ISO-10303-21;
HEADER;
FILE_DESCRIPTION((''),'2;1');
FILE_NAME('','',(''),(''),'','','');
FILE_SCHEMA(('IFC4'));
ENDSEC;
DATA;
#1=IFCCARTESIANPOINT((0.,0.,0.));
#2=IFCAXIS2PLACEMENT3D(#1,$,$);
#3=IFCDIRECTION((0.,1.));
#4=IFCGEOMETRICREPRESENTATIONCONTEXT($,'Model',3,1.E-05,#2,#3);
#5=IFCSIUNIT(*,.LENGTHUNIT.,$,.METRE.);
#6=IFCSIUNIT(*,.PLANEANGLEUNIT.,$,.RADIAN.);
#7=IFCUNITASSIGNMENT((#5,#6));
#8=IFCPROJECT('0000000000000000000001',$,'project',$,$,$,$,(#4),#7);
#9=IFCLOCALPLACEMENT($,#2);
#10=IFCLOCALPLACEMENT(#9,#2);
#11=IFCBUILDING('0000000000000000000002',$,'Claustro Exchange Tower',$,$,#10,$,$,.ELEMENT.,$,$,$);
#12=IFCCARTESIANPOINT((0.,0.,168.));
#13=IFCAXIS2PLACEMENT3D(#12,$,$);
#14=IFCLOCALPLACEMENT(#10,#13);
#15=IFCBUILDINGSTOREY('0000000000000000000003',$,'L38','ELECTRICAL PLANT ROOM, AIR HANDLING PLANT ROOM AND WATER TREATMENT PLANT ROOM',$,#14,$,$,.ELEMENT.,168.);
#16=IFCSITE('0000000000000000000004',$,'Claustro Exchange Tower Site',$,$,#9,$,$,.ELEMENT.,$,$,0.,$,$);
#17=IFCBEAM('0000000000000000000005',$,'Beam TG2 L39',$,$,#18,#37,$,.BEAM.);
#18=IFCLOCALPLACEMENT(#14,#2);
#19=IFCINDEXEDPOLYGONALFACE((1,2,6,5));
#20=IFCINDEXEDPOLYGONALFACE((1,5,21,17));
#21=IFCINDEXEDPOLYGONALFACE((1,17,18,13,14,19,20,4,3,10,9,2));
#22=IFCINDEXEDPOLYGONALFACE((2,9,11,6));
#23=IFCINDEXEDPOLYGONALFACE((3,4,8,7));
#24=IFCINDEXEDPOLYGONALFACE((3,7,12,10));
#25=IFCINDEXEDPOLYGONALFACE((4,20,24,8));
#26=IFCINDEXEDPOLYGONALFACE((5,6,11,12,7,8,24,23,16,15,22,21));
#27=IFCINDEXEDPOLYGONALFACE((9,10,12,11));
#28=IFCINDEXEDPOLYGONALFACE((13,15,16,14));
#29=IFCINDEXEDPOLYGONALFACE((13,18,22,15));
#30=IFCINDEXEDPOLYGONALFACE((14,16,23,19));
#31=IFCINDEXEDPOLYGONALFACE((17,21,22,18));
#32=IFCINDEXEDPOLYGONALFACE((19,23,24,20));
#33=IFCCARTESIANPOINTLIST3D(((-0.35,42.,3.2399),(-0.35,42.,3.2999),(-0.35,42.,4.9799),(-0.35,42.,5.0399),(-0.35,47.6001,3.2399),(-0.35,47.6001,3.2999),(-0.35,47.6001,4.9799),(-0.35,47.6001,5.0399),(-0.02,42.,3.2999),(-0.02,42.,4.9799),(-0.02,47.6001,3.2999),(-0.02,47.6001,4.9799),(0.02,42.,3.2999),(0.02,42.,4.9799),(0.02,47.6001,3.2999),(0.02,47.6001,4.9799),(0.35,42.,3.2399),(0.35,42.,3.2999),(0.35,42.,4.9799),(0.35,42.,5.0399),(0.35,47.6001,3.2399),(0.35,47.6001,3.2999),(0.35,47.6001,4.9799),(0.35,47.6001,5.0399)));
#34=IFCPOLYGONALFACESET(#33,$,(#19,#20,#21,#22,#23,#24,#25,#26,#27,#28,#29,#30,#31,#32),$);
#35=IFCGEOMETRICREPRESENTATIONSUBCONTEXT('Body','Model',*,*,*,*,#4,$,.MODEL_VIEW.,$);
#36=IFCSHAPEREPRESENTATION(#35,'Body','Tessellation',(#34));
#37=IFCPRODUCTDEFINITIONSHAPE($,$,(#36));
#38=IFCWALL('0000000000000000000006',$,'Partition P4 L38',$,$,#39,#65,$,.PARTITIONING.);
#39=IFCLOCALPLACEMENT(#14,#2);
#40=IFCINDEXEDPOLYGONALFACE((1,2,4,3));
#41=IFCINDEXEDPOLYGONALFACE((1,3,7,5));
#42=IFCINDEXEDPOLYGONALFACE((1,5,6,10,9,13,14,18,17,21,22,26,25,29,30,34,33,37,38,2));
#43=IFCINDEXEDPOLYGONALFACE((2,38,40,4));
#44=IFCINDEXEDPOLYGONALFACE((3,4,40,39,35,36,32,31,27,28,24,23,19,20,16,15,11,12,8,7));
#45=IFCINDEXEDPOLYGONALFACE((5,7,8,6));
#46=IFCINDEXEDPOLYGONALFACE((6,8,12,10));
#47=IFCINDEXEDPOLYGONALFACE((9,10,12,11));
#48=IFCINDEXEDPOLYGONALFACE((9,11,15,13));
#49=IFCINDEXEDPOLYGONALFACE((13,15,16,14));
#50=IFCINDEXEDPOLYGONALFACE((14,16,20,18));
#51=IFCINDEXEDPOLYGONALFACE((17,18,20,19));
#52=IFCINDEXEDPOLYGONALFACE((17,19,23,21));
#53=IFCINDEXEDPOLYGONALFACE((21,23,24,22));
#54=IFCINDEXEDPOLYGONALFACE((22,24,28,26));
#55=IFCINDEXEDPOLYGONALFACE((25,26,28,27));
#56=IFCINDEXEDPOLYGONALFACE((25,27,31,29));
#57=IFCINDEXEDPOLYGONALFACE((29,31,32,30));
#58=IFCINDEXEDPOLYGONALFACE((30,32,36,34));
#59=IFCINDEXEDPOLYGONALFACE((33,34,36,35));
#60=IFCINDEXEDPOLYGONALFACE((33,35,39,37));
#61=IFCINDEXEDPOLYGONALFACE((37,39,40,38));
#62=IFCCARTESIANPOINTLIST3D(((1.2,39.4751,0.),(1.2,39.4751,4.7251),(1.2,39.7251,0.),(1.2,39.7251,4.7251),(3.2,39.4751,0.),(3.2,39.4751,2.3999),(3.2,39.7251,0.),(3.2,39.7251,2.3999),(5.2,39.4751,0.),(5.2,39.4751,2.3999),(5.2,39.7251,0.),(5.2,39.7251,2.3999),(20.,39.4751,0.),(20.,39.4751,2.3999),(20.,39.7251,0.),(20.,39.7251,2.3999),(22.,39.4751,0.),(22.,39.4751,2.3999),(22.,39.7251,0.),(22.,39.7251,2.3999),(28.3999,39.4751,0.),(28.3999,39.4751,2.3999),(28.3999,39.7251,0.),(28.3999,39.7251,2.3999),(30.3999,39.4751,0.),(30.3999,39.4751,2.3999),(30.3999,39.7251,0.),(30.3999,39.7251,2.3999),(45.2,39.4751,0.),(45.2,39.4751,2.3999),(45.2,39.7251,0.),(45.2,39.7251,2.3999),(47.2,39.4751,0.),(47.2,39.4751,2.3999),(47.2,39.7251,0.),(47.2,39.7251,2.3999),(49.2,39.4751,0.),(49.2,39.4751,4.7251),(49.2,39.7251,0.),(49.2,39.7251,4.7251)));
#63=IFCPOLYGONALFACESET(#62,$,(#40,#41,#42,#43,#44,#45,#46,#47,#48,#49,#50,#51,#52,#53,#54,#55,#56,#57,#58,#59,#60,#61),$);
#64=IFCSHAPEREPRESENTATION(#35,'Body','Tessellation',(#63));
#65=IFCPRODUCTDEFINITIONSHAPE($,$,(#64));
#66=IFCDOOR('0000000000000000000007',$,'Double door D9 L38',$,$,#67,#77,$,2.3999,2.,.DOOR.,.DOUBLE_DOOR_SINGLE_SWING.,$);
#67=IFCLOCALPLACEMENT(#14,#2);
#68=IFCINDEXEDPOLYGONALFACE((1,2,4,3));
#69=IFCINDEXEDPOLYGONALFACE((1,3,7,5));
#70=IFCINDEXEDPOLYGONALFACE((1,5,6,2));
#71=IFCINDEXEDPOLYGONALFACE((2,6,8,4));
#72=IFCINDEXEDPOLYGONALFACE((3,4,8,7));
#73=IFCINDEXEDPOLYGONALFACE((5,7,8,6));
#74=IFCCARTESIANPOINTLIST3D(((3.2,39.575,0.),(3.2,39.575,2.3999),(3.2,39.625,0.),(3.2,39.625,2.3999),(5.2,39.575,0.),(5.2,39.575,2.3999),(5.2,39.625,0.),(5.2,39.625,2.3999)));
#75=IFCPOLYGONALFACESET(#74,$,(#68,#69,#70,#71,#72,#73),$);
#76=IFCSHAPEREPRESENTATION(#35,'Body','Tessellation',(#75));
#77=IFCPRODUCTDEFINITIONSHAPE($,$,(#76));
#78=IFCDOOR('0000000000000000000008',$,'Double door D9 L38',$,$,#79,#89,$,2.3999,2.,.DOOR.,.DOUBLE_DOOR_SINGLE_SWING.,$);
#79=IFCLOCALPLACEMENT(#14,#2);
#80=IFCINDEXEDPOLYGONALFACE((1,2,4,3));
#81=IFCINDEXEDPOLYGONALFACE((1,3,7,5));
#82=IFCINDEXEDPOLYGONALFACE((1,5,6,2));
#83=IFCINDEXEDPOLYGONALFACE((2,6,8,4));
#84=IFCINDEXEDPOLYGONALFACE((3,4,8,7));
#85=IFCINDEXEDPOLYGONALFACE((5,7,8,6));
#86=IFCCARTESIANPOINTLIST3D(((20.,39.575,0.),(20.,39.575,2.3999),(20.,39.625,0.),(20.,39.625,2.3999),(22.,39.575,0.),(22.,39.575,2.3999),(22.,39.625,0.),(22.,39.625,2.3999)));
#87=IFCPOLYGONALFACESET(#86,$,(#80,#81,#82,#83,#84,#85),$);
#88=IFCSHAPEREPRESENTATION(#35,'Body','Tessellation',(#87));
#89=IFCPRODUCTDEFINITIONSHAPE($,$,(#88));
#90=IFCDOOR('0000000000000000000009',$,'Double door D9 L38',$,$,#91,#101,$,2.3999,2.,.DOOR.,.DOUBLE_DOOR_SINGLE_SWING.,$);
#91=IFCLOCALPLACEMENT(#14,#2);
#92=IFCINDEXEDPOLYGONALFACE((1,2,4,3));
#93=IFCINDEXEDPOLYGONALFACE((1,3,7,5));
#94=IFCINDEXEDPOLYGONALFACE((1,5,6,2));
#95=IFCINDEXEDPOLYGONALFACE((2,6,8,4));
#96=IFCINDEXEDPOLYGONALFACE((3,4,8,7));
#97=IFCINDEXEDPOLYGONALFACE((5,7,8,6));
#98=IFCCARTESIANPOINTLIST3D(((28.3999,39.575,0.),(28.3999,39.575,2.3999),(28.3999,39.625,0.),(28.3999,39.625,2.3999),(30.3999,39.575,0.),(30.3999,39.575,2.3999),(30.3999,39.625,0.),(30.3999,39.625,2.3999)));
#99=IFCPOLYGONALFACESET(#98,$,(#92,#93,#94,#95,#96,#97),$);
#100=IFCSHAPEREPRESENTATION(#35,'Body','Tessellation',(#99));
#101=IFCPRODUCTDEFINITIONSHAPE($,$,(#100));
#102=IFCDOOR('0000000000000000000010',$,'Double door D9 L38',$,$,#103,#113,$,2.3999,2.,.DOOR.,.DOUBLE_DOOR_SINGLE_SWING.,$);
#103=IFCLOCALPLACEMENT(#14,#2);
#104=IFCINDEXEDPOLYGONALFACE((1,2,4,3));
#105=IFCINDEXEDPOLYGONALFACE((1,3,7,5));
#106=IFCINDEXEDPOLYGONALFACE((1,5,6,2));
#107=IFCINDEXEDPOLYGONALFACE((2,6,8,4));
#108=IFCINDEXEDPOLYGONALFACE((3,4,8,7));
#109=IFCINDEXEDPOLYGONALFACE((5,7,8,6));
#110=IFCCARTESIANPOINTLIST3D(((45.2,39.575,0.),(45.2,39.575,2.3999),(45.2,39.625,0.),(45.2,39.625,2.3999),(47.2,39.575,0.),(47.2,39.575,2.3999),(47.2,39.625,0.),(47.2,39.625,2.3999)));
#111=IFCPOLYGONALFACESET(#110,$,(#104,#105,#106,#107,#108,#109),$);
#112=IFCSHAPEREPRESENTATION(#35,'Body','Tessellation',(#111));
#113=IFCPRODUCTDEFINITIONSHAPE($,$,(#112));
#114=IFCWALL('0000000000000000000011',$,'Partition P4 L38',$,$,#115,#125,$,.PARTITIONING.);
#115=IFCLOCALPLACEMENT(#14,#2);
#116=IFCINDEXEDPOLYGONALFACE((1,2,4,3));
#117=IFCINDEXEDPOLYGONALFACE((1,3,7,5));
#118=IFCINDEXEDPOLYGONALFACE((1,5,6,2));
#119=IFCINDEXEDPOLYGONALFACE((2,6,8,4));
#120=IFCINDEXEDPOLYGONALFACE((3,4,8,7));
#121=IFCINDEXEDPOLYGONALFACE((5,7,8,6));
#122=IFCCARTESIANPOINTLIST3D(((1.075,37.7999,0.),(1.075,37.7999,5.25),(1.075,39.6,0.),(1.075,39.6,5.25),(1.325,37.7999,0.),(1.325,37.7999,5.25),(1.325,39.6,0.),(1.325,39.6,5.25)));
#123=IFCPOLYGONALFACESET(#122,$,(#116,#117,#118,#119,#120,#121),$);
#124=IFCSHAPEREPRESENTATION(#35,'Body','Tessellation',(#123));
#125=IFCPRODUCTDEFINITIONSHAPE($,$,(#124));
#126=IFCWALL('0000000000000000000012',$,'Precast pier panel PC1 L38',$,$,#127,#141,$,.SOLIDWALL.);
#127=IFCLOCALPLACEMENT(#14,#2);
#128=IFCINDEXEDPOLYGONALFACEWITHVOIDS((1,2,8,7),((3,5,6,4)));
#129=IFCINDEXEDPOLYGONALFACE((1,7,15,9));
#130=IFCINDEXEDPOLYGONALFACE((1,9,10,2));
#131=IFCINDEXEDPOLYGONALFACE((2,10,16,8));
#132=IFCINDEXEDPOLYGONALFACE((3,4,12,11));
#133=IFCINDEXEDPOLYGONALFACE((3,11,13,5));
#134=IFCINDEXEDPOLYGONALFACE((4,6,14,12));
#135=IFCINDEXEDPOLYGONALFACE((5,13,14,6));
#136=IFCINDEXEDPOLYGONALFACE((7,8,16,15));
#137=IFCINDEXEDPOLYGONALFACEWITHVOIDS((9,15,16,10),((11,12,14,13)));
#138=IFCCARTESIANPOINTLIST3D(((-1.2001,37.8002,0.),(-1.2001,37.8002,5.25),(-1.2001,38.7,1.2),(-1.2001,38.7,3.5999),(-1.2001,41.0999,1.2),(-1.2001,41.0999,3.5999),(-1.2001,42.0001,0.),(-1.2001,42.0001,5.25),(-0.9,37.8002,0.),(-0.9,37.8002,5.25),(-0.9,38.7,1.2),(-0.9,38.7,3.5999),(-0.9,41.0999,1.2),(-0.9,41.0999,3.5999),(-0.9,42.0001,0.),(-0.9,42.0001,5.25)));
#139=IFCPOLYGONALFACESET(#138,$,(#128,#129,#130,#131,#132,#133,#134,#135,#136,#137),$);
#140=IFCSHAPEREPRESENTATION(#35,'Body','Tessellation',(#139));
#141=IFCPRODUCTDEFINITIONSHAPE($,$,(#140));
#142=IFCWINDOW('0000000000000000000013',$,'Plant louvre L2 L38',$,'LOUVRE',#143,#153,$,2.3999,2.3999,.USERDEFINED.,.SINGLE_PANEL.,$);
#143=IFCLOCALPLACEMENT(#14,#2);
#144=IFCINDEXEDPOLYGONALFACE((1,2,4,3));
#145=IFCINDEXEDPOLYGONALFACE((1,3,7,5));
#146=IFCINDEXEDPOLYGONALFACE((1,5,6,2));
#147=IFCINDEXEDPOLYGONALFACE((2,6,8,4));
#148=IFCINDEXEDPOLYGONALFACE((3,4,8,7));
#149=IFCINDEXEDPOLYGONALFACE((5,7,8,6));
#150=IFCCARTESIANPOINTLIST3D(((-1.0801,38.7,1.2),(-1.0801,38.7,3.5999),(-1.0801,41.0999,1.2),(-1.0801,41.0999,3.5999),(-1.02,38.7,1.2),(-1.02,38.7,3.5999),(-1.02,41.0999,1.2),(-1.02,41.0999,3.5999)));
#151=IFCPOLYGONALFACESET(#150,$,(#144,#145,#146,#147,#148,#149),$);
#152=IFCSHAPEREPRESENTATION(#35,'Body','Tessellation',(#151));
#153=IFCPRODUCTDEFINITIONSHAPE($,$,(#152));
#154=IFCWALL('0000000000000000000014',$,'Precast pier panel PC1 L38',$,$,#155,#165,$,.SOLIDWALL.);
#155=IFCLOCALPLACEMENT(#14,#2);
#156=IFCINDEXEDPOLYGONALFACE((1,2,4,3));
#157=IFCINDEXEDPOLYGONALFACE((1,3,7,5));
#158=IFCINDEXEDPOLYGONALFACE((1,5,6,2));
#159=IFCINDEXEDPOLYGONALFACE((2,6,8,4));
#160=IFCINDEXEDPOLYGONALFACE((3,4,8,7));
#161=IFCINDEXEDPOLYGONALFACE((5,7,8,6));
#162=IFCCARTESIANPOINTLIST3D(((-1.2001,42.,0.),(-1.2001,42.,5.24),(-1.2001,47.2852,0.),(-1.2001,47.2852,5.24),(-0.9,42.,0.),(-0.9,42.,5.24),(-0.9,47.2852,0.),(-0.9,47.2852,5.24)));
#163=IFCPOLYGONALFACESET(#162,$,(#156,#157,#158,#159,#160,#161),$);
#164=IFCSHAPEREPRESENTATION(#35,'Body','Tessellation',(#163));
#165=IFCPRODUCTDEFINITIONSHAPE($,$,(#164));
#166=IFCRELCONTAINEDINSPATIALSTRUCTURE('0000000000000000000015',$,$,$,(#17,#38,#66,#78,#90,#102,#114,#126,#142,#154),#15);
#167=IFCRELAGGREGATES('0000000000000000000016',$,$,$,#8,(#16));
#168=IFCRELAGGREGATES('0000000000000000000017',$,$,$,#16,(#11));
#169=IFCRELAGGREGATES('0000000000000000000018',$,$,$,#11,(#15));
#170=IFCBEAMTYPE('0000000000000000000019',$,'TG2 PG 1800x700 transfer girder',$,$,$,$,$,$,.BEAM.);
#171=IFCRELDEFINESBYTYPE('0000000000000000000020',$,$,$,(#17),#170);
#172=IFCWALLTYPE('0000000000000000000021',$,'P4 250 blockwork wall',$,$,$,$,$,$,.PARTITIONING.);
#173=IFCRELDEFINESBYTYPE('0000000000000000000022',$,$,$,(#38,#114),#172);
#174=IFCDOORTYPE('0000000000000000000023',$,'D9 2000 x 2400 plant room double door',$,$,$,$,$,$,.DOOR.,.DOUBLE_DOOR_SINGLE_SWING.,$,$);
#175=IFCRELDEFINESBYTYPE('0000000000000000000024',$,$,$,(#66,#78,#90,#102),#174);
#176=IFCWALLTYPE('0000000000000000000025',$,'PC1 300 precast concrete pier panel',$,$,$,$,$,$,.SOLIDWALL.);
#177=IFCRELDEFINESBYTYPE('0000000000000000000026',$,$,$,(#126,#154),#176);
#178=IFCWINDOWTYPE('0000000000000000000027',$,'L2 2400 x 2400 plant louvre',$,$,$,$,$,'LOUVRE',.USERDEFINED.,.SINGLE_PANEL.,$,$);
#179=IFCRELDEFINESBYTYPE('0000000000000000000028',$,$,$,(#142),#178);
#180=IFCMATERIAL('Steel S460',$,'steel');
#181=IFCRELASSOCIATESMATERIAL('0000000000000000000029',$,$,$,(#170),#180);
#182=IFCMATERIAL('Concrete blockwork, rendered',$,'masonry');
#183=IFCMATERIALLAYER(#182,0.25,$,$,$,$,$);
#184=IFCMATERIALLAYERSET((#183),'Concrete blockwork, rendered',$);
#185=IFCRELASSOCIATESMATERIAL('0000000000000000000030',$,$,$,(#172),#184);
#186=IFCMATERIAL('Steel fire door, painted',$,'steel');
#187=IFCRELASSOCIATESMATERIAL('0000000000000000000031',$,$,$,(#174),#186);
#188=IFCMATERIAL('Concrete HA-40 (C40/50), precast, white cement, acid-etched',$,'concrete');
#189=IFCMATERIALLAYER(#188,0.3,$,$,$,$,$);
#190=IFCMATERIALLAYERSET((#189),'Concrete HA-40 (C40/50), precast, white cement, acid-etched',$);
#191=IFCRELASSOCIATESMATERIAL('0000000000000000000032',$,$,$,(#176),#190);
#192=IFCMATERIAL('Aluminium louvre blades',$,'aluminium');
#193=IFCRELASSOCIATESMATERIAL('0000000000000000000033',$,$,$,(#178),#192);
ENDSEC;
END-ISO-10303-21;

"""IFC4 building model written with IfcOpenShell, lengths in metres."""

from ifc_helpers import new_model, si_unit, direction, frame, frame_2d, origin, origin_2d, place, context, subcontext, project, spatial, rectangle, i_section, extrude, material, layer, layer_set, material_profile, profile_set, type_object, element, fill, save


model = new_model("IFC4")

# Units and contexts
model_context = context("Model", 3, precision=1e-05, world=origin(), true_north=direction((0.0, 1.0)))
body_context = subcontext(model_context, "Body", "Model", "MODEL_VIEW")
ifc_project = project(units=[si_unit("LENGTHUNIT", "METRE"), si_unit("PLANEANGLEUNIT", "RADIAN")], contexts=[model_context])

# Site, building, storey
site_placement = place(None, origin())
site = spatial("IfcSite", under=ifc_project, at=site_placement, Name="Claustro Exchange Tower Site", CompositionType="ELEMENT", RefElevation=0.0)
building_placement = place(site_placement, origin())
building = spatial("IfcBuilding", under=site, at=building_placement, Name="Claustro Exchange Tower", CompositionType="ELEMENT")
storey_placement = place(building_placement, frame((0.0, 0.0, 168.0)))
storey = spatial("IfcBuildingStorey", under=building, at=storey_placement, Name="L38", Description="ELECTRICAL PLANT ROOM, AIR HANDLING PLANT ROOM AND WATER TREATMENT PLANT ROOM", CompositionType="ELEMENT", Elevation=168.0)

# Beam
ifc_material_1 = material(Name="Steel S460", Category="steel")
ifc_material_profile_1 = material_profile(ifc_material_1, i_section(OverallWidth=0.7, OverallDepth=1.8, WebThickness=0.04, FlangeThickness=0.0601, at=origin_2d()), Name="PG 1800x700")
ifc_profile_set_1 = profile_set([ifc_material_profile_1], Name="Steel S460")
beam_type_1 = type_object("IfcBeamType", Name="TG2 PG 1800x700 transfer girder", PredefinedType="BEAM", material=ifc_profile_set_1)
beam_1_placement = place(storey_placement, frame((0.0, 42.0, 4.1399), z_axis=(0.0, 1.0, 0.0), x_axis=(-1.0, 0.0, 0.0)))
element("IfcBeam", 1, at=beam_1_placement, inside=storey, type_object=beam_type_1, Name="Beam TG2 L39", PredefinedType="BEAM", context=body_context, shape_type="SweptSolid", body=[
    extrude(i_section(OverallWidth=0.7, OverallDepth=1.8, WebThickness=0.04, FlangeThickness=0.0601, at=origin_2d()), origin(), (0.0, 0.0, 1.0), 5.6001),
])

# Wall, openings, doors
ifc_material_2 = material(Name="Concrete blockwork, rendered", Category="masonry")
ifc_layer_1 = layer(ifc_material_2, 0.25)
ifc_layer_set_1 = layer_set([ifc_layer_1], Name="Concrete blockwork, rendered")
wall_type_1 = type_object("IfcWallType", Name="P4 250 blockwork wall", PredefinedType="PARTITIONING", material=ifc_layer_set_1)
wall_1_placement = place(storey_placement, frame((1.2, 39.6001, 0.0), z_axis=(0.0, 0.0, 1.0), x_axis=(1.0, 0.0, 0.0)))
wall_1 = element("IfcWall", 2, at=wall_1_placement, inside=storey, type_object=wall_type_1, Name="Partition P4 L38", PredefinedType="PARTITIONING", context=body_context, shape_type="SweptSolid", body=[
    extrude(rectangle(XDim=48.0, YDim=0.25, at=frame_2d((24.0, 0.0))), origin(), (0.0, 0.0, 1.0), 4.7251),
])
opening_1_placement = place(wall_1_placement, frame((2.0, 0.0, 0.0)))
opening_1 = element("IfcOpeningElement", 3, at=opening_1_placement, cuts=wall_1, PredefinedType="OPENING", context=body_context, shape_type="SweptSolid", body=[
    extrude(rectangle(XDim=2.0, YDim=2.3999, at=frame_2d((1.0, 1.2))), frame((0.0, 0.135, 0.0), z_axis=(0.0, -1.0, 0.0), x_axis=(1.0, 0.0, 0.0)), (0.0, 0.0, 1.0), 0.27),
])
opening_2_placement = place(wall_1_placement, frame((18.8, 0.0, 0.0)))
opening_2 = element("IfcOpeningElement", 4, at=opening_2_placement, cuts=wall_1, PredefinedType="OPENING", context=body_context, shape_type="SweptSolid", body=[
    extrude(rectangle(XDim=2.0, YDim=2.3999, at=frame_2d((1.0, 1.2))), frame((0.0, 0.135, 0.0), z_axis=(0.0, -1.0, 0.0), x_axis=(1.0, 0.0, 0.0)), (0.0, 0.0, 1.0), 0.27),
])
opening_3_placement = place(wall_1_placement, frame((27.2, 0.0, 0.0)))
opening_3 = element("IfcOpeningElement", 5, at=opening_3_placement, cuts=wall_1, PredefinedType="OPENING", context=body_context, shape_type="SweptSolid", body=[
    extrude(rectangle(XDim=2.0, YDim=2.3999, at=frame_2d((1.0, 1.2))), frame((0.0, 0.135, 0.0), z_axis=(0.0, -1.0, 0.0), x_axis=(1.0, 0.0, 0.0)), (0.0, 0.0, 1.0), 0.27),
])
opening_4_placement = place(wall_1_placement, frame((44.0, 0.0, 0.0)))
opening_4 = element("IfcOpeningElement", 6, at=opening_4_placement, cuts=wall_1, PredefinedType="OPENING", context=body_context, shape_type="SweptSolid", body=[
    extrude(rectangle(XDim=2.0, YDim=2.3999, at=frame_2d((1.0, 1.2))), frame((0.0, 0.135, 0.0), z_axis=(0.0, -1.0, 0.0), x_axis=(1.0, 0.0, 0.0)), (0.0, 0.0, 1.0), 0.27),
])
ifc_material_3 = material(Name="Steel fire door, painted", Category="steel")
door_type = type_object("IfcDoorType", Name="D9 2000 x 2400 plant room double door", OperationType="DOUBLE_DOOR_SINGLE_SWING", PredefinedType="DOOR", material=ifc_material_3)
door_1_placement = place(opening_1_placement, origin())
door_1 = element("IfcDoor", 7, at=door_1_placement, inside=storey, type_object=door_type, Name="Double door D9 L38", OperationType="DOUBLE_DOOR_SINGLE_SWING", OverallHeight=2.3999, OverallWidth=2.0, PredefinedType="DOOR", context=body_context, shape_type="SweptSolid", body=[
    extrude(rectangle(XDim=2.0, YDim=2.3999, at=frame_2d((1.0, 1.2))), frame((0.0, 0.0249, 0.0), z_axis=(0.0, -1.0, 0.0), x_axis=(1.0, 0.0, 0.0)), (0.0, 0.0, 1.0), 0.05),
])
fill(opening_1, door_1)
door_2_placement = place(opening_2_placement, origin())
door_2 = element("IfcDoor", 8, at=door_2_placement, inside=storey, type_object=door_type, Name="Double door D9 L38", OperationType="DOUBLE_DOOR_SINGLE_SWING", OverallHeight=2.3999, OverallWidth=2.0, PredefinedType="DOOR", context=body_context, shape_type="SweptSolid", body=[
    extrude(rectangle(XDim=2.0, YDim=2.3999, at=frame_2d((1.0, 1.2))), frame((0.0, 0.0249, 0.0), z_axis=(0.0, -1.0, 0.0), x_axis=(1.0, 0.0, 0.0)), (0.0, 0.0, 1.0), 0.05),
])
fill(opening_2, door_2)
door_3_placement = place(opening_3_placement, origin())
door_3 = element("IfcDoor", 9, at=door_3_placement, inside=storey, type_object=door_type, Name="Double door D9 L38", OperationType="DOUBLE_DOOR_SINGLE_SWING", OverallHeight=2.3999, OverallWidth=2.0, PredefinedType="DOOR", context=body_context, shape_type="SweptSolid", body=[
    extrude(rectangle(XDim=2.0, YDim=2.3999, at=frame_2d((1.0, 1.2))), frame((0.0, 0.0249, 0.0), z_axis=(0.0, -1.0, 0.0), x_axis=(1.0, 0.0, 0.0)), (0.0, 0.0, 1.0), 0.05),
])
fill(opening_3, door_3)
door_4_placement = place(opening_4_placement, origin())
door_4 = element("IfcDoor", 10, at=door_4_placement, inside=storey, type_object=door_type, Name="Double door D9 L38", OperationType="DOUBLE_DOOR_SINGLE_SWING", OverallHeight=2.3999, OverallWidth=2.0, PredefinedType="DOOR", context=body_context, shape_type="SweptSolid", body=[
    extrude(rectangle(XDim=2.0, YDim=2.3999, at=frame_2d((1.0, 1.2))), frame((0.0, 0.0249, 0.0), z_axis=(0.0, -1.0, 0.0), x_axis=(1.0, 0.0, 0.0)), (0.0, 0.0, 1.0), 0.05),
])
fill(opening_4, door_4)

# Wall
wall_2_placement = place(storey_placement, frame((1.2, 37.8, 0.0), z_axis=(0.0, 0.0, 1.0), x_axis=(0.0, 1.0, 0.0)))
element("IfcWall", 11, at=wall_2_placement, inside=storey, type_object=wall_type_1, Name="Partition P4 L38", PredefinedType="PARTITIONING", context=body_context, shape_type="SweptSolid", body=[
    extrude(rectangle(XDim=1.8, YDim=0.25, at=frame_2d((0.8999, 0.0))), origin(), (0.0, 0.0, 1.0), 5.25),
])

# Wall, opening, window
ifc_material_4 = material(Name="Concrete HA-40 (C40/50), precast, white cement, acid-etched", Category="concrete")
ifc_layer_2 = layer(ifc_material_4, 0.3)
ifc_layer_set_2 = layer_set([ifc_layer_2], Name="Concrete HA-40 (C40/50), precast, white cement, acid-etched")
wall_type_2 = type_object("IfcWallType", Name="PC1 300 precast concrete pier panel", PredefinedType="SOLIDWALL", material=ifc_layer_set_2)
wall_3_placement = place(storey_placement, frame((-1.05, 37.8, 0.0), z_axis=(0.0, 0.0, 1.0), x_axis=(0.0, 1.0, 0.0)))
wall_3 = element("IfcWall", 12, at=wall_3_placement, inside=storey, type_object=wall_type_2, Name="Precast pier panel PC1 L38", PredefinedType="SOLIDWALL", context=body_context, shape_type="SweptSolid", body=[
    extrude(rectangle(XDim=4.2, YDim=0.3, at=frame_2d((2.1001, 0.0))), origin(), (0.0, 0.0, 1.0), 5.25),
])
opening_5_placement = place(wall_3_placement, frame((0.8999, 0.0, 1.2)))
opening_5 = element("IfcOpeningElement", 13, at=opening_5_placement, cuts=wall_3, PredefinedType="OPENING", context=body_context, shape_type="SweptSolid", body=[
    extrude(rectangle(XDim=2.3999, YDim=2.3999, at=frame_2d((1.2, 1.2))), frame((0.0, 0.1599, 0.0), z_axis=(0.0, -1.0, 0.0), x_axis=(1.0, 0.0, 0.0)), (0.0, 0.0, 1.0), 0.3201),
])
ifc_material_5 = material(Name="Aluminium louvre blades", Category="aluminium")
window_type = type_object("IfcWindowType", Name="L2 2400 x 2400 plant louvre", ElementType="LOUVRE", PartitioningType="SINGLE_PANEL", PredefinedType="USERDEFINED", material=ifc_material_5)
window_placement = place(opening_5_placement, origin())
window = element("IfcWindow", 14, at=window_placement, inside=storey, type_object=window_type, Name="Plant louvre L2 L38", ObjectType="LOUVRE", OverallHeight=2.3999, OverallWidth=2.3999, PartitioningType="SINGLE_PANEL", PredefinedType="USERDEFINED", context=body_context, shape_type="SweptSolid", body=[
    extrude(rectangle(XDim=2.3999, YDim=2.3999, at=frame_2d((1.2, 1.2))), frame((0.0, 0.03, 0.0), z_axis=(0.0, -1.0, 0.0), x_axis=(1.0, 0.0, 0.0)), (0.0, 0.0, 1.0), 0.0601),
])
fill(opening_5, window)

# Wall
wall_4_placement = place(storey_placement, frame((-1.05, 42.0, 0.0), z_axis=(0.0, 0.0, 1.0), x_axis=(0.0, 1.0, 0.0)))
element("IfcWall", 15, at=wall_4_placement, inside=storey, type_object=wall_type_2, Name="Precast pier panel PC1 L38", PredefinedType="SOLIDWALL", context=body_context, shape_type="SweptSolid", body=[
    extrude(rectangle(XDim=5.2852, YDim=0.3, at=frame_2d((2.6426, 0.0))), origin(), (0.0, 0.0, 1.0), 5.24),
])

save(model, "model.ifc")
